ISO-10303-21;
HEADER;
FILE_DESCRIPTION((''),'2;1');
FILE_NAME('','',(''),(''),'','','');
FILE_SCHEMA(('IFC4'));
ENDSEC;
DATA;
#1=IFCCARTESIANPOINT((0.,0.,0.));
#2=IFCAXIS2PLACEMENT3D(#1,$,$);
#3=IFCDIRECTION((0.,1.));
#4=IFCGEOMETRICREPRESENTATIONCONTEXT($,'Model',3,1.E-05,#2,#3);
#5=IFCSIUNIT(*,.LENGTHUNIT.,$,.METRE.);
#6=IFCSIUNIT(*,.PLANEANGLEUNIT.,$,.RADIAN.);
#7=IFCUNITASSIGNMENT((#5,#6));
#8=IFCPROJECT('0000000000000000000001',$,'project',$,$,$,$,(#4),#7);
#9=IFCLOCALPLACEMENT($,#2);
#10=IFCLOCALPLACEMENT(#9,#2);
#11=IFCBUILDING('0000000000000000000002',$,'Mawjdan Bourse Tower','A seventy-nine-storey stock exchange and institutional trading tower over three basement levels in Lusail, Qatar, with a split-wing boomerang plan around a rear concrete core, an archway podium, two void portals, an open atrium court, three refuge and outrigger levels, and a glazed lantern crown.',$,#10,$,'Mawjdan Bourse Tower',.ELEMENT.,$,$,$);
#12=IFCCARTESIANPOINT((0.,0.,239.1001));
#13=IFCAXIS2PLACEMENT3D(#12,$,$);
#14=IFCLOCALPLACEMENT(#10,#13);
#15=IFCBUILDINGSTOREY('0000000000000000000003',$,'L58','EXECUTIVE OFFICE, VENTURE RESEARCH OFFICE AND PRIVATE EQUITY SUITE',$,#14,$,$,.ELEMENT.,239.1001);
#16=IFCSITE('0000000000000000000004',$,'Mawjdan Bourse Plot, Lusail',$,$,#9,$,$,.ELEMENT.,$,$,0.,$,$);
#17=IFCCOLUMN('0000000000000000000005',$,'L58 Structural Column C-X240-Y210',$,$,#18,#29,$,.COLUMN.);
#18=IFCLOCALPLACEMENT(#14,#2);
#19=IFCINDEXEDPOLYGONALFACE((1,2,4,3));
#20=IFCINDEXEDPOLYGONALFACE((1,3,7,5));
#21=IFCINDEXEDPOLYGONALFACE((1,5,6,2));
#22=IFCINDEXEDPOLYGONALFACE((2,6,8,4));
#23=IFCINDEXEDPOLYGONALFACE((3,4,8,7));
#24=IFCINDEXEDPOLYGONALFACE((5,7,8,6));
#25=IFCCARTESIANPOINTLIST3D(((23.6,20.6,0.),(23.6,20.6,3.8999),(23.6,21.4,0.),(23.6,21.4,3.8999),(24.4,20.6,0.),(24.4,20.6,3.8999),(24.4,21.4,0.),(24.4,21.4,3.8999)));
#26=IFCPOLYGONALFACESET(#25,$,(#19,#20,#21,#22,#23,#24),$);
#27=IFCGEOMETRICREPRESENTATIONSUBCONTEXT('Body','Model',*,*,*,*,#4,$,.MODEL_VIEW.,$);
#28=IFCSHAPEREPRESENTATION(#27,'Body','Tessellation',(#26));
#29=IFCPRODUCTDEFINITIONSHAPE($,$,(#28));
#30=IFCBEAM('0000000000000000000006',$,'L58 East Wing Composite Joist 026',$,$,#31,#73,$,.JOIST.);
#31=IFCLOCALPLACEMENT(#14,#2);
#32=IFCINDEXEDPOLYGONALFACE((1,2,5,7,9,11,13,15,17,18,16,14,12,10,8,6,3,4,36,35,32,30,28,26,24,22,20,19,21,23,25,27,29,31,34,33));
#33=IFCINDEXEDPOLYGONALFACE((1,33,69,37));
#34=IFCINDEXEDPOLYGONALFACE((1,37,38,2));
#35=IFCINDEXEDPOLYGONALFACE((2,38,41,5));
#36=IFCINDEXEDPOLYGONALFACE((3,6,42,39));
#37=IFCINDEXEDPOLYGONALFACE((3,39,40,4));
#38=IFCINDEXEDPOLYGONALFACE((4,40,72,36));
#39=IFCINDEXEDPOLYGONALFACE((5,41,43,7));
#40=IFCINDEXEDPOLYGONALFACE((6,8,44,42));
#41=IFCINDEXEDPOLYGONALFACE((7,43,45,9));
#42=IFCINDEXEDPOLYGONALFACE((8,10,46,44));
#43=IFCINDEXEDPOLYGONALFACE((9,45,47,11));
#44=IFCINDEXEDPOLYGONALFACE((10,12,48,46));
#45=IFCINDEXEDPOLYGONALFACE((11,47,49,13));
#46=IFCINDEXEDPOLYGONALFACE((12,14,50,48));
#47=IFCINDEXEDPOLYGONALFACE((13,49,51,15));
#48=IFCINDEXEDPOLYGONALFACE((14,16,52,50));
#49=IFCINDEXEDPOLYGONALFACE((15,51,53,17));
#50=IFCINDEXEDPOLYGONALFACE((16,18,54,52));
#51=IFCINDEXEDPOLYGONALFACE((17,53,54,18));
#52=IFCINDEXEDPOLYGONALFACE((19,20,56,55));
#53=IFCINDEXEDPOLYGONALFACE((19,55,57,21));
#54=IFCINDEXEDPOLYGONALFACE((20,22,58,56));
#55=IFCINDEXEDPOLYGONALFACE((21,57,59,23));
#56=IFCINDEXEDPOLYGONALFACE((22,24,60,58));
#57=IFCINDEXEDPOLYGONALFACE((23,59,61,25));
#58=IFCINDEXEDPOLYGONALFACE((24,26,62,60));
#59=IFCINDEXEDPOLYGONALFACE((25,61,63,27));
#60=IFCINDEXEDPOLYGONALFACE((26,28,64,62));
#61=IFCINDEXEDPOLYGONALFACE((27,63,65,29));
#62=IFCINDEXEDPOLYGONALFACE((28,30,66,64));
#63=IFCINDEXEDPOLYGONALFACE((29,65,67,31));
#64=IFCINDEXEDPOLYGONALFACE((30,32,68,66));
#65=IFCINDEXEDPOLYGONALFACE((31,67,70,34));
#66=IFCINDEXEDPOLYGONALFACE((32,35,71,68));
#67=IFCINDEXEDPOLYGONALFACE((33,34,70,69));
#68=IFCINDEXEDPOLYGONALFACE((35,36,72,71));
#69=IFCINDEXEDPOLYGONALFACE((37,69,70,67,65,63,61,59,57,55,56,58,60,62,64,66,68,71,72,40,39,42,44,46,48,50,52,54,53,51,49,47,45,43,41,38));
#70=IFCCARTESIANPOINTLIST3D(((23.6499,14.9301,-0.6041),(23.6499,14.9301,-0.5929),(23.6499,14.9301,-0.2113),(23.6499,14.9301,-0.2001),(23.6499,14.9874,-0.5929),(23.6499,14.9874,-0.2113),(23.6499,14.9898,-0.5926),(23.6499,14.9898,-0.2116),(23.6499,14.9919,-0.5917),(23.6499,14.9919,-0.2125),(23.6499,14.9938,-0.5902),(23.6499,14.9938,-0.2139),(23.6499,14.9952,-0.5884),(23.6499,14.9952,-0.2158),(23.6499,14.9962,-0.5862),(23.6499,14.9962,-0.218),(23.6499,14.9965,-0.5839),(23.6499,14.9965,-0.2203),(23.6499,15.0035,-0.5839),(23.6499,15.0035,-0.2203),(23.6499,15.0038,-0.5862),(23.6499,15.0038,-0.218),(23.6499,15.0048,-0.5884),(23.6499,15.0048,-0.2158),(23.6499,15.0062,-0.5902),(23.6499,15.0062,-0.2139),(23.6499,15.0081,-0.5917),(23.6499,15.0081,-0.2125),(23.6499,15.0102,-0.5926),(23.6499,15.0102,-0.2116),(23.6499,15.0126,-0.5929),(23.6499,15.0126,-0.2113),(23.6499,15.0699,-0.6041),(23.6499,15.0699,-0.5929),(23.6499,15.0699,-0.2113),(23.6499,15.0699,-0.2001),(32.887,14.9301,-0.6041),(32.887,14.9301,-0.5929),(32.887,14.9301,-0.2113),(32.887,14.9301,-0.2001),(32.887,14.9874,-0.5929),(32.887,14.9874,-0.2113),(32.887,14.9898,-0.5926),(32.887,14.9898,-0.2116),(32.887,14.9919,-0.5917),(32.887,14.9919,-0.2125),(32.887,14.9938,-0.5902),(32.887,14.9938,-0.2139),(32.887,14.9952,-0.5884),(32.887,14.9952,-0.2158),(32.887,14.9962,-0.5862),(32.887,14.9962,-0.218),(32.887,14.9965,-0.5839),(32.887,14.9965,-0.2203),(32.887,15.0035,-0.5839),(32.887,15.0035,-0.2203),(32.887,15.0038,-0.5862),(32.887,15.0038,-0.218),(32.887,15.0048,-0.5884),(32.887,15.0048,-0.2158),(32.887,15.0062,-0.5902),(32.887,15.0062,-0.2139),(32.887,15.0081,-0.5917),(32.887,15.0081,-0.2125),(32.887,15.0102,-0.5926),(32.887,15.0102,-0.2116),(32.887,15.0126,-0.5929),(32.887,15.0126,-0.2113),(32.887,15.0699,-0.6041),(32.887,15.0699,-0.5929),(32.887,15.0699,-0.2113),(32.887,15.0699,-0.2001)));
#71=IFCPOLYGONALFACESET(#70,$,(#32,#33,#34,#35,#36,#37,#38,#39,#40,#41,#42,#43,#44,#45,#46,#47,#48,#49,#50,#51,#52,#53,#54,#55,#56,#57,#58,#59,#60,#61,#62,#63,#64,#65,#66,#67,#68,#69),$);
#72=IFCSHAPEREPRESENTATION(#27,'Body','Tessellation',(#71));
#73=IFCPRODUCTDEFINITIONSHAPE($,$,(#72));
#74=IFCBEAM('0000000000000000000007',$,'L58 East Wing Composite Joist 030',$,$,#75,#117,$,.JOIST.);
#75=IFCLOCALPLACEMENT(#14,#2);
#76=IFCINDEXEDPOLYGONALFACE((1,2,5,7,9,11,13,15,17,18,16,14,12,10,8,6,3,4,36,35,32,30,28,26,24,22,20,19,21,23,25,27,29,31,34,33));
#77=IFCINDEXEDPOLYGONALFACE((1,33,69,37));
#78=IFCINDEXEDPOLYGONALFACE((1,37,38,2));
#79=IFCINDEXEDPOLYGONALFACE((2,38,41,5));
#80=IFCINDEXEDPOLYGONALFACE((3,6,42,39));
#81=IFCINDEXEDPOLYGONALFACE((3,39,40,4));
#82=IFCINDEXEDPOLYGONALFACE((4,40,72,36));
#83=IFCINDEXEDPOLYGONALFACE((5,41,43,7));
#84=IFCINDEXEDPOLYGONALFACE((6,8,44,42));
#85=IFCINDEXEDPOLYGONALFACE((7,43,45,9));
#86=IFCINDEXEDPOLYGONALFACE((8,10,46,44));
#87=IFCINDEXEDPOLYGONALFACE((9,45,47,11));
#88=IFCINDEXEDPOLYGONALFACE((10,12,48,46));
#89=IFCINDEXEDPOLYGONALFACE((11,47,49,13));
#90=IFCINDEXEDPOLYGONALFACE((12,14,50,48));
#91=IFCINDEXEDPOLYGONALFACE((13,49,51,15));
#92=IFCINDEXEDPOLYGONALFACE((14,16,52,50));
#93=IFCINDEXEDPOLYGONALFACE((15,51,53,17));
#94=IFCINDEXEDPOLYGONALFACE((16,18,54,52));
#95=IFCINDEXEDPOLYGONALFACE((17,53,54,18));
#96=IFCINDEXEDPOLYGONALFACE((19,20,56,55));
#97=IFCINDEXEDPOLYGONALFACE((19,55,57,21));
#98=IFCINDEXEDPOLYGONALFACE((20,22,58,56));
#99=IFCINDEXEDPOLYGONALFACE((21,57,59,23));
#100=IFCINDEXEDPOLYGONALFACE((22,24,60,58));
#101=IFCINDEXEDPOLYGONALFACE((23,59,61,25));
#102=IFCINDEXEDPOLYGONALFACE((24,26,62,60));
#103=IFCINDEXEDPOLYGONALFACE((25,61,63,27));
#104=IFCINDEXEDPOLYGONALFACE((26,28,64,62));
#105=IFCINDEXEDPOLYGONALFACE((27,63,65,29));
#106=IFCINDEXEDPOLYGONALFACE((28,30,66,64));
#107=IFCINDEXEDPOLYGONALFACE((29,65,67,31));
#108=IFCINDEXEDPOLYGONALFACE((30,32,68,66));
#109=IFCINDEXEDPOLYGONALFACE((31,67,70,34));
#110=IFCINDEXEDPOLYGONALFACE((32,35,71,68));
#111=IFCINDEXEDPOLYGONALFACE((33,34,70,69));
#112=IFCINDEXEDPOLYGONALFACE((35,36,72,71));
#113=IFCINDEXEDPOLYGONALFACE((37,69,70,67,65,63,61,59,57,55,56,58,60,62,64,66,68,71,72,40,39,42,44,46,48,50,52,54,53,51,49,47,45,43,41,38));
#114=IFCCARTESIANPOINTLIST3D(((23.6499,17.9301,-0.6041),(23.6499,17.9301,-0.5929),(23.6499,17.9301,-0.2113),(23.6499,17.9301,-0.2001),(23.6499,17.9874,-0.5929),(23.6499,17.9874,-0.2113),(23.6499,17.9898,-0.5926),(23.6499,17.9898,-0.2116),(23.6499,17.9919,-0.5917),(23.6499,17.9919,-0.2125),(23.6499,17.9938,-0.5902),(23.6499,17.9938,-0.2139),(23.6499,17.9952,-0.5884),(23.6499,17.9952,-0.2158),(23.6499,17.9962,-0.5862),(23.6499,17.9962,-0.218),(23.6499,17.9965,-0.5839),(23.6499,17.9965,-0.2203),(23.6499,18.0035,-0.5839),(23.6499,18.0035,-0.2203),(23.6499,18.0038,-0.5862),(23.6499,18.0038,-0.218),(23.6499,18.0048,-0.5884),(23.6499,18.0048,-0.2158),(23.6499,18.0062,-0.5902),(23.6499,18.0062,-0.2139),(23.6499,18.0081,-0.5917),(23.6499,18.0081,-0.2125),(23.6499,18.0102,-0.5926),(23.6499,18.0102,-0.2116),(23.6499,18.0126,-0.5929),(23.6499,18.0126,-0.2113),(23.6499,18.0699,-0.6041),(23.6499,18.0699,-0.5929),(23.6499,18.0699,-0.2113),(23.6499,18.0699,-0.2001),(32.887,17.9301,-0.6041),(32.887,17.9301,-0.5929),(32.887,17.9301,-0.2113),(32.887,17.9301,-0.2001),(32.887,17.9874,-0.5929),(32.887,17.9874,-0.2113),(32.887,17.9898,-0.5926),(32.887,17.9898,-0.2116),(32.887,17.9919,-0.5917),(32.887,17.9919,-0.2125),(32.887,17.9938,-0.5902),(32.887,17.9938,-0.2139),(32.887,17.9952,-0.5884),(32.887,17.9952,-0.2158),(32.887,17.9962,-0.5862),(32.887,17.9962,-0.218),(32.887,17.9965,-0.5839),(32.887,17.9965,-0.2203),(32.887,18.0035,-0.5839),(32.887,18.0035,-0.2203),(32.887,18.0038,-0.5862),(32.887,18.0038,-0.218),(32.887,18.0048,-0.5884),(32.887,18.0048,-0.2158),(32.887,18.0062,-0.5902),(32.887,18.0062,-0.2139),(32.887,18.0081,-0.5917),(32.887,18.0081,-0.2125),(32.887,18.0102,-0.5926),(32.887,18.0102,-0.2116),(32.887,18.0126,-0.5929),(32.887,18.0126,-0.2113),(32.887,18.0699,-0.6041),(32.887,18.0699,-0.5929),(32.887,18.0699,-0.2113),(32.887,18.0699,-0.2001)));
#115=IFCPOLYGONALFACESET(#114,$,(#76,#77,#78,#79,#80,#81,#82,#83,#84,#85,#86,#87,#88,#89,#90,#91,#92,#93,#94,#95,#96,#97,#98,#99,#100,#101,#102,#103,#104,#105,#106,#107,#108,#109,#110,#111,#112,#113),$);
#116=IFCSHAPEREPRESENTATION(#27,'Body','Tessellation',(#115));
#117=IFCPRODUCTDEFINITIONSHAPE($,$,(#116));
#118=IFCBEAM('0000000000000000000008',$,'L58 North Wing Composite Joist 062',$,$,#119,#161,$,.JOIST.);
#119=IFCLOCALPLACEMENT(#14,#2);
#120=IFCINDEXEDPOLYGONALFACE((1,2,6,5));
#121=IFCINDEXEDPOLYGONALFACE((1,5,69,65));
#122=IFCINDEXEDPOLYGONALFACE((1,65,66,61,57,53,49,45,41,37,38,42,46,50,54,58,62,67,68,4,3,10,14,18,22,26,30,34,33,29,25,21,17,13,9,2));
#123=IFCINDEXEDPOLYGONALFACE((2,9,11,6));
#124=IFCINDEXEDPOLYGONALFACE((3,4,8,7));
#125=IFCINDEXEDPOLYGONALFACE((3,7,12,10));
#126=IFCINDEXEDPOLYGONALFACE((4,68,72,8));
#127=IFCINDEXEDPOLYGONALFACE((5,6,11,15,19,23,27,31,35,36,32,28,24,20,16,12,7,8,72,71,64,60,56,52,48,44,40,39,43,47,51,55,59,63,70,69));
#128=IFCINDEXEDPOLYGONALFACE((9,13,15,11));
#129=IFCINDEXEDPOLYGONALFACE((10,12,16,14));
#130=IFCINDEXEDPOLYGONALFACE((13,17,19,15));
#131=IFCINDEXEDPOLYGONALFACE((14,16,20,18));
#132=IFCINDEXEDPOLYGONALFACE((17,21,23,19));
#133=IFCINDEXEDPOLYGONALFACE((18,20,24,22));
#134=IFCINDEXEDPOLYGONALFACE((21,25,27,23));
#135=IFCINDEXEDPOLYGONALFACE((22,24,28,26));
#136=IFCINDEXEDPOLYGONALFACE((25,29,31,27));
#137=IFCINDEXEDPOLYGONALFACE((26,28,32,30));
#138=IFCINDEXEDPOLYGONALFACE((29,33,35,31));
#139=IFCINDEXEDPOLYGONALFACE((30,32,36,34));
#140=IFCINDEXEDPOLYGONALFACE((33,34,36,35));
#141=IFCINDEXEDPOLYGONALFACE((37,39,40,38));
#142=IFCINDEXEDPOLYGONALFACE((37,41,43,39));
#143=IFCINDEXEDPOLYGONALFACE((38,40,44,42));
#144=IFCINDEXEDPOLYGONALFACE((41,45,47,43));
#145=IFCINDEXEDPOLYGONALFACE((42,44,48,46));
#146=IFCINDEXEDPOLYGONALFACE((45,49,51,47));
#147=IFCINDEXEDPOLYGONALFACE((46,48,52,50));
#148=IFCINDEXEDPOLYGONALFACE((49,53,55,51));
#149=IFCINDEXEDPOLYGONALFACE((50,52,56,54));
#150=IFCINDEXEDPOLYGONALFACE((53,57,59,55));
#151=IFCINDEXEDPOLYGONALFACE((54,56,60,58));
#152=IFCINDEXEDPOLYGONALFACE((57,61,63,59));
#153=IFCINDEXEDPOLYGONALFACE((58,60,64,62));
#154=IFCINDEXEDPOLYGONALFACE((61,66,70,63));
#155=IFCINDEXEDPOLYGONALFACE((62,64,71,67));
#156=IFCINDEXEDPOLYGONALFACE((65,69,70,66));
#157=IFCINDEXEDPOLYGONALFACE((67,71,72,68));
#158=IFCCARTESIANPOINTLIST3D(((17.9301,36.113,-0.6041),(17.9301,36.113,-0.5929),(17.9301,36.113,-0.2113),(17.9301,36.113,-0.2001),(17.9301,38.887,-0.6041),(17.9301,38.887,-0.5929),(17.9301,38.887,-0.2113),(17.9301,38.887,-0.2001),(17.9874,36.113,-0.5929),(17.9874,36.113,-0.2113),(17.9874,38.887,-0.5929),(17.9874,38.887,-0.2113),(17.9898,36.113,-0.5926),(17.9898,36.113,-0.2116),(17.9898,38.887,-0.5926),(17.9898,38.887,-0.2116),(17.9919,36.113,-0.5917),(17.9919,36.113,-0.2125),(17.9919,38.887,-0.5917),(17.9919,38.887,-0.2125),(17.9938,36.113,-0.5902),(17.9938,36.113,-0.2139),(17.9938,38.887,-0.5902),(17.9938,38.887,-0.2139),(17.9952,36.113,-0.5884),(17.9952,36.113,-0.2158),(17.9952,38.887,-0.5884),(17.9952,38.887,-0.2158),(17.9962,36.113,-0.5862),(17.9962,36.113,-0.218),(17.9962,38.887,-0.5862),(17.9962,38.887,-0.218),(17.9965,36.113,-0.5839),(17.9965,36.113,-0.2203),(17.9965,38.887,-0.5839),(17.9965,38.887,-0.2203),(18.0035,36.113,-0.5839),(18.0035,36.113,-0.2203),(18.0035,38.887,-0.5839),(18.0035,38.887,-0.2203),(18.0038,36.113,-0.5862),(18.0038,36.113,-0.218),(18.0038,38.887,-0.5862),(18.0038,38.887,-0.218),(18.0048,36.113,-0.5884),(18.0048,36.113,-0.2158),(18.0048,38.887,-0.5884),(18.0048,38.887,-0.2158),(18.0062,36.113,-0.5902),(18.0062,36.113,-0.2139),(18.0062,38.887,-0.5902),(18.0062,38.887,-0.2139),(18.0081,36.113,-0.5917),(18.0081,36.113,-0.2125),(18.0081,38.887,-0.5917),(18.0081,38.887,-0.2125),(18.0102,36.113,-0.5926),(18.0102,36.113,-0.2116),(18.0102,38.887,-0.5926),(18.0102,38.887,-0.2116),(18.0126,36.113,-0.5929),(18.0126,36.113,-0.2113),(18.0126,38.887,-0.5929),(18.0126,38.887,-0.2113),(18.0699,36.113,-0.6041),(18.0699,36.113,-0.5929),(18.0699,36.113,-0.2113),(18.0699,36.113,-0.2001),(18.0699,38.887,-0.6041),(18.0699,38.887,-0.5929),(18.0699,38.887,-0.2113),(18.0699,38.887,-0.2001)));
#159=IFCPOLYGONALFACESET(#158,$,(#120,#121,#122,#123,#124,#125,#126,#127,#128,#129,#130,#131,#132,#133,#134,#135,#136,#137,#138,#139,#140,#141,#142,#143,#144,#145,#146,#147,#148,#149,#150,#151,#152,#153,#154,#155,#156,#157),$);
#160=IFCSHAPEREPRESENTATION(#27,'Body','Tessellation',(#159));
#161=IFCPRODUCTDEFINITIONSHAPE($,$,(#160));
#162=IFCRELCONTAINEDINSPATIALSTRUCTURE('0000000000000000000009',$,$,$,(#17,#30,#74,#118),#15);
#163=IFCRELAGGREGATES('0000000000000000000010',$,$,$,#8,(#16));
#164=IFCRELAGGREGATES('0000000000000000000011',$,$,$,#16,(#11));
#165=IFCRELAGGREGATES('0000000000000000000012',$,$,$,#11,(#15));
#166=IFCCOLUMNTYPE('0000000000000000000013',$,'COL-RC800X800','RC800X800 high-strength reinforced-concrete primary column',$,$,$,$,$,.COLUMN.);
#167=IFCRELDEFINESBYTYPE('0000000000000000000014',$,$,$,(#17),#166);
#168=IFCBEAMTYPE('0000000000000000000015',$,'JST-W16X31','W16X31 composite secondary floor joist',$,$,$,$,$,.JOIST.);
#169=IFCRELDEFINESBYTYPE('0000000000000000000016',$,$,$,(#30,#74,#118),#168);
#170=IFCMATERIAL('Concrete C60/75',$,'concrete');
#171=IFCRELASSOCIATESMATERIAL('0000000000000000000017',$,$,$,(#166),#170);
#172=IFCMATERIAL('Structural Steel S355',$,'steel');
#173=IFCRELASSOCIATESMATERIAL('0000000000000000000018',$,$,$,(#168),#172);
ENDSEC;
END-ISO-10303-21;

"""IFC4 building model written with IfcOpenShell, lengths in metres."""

from ifc_helpers import new_model, si_unit, direction, frame, origin, origin_2d, place, context, subcontext, project, spatial, rectangle, i_section, extrude, material, material_profile, profile_set, type_object, element, save


model = new_model("IFC4")

# Units and contexts
model_context = context("Model", 3, precision=1e-05, world=origin(), true_north=direction((0.0, 1.0)))
body_context = subcontext(model_context, "Body", "Model", "MODEL_VIEW")
ifc_project = project(units=[si_unit("LENGTHUNIT", "METRE"), si_unit("PLANEANGLEUNIT", "RADIAN")], contexts=[model_context])

# Site, building, storey
site_placement = place(None, origin())
site = spatial("IfcSite", under=ifc_project, at=site_placement, Name="Mawjdan Bourse Plot, Lusail", CompositionType="ELEMENT", RefElevation=0.0)
building_placement = place(site_placement, origin())
building = spatial("IfcBuilding", under=site, at=building_placement, Name="Mawjdan Bourse Tower", Description="A seventy-nine-storey stock exchange and institutional trading tower over three basement levels in Lusail, Qatar, with a split-wing boomerang plan around a rear concrete core, an archway podium, two void portals, an open atrium court, three refuge and outrigger levels, and a glazed lantern crown.", LongName="Mawjdan Bourse Tower", CompositionType="ELEMENT")
storey_placement = place(building_placement, frame((0.0, 0.0, 239.1001)))
storey = spatial("IfcBuildingStorey", under=building, at=storey_placement, Name="L58", Description="EXECUTIVE OFFICE, VENTURE RESEARCH OFFICE AND PRIVATE EQUITY SUITE", CompositionType="ELEMENT", Elevation=239.1001)

# Column
ifc_material_1 = material(Name="Concrete C60/75", Category="concrete")
ifc_material_profile_1 = material_profile(ifc_material_1, rectangle(XDim=0.8, YDim=0.8, at=origin_2d()), Name="RC800X800")
ifc_profile_set_1 = profile_set([ifc_material_profile_1], Name="Concrete C60/75")
column_type = type_object("IfcColumnType", Name="COL-RC800X800", Description="RC800X800 high-strength reinforced-concrete primary column", PredefinedType="COLUMN", material=ifc_profile_set_1)
column_placement = place(storey_placement, frame((24.0, 21.0, 0.0), z_axis=(0.0, 0.0, 1.0), x_axis=(1.0, 0.0, 0.0)))
element("IfcColumn", 1, at=column_placement, inside=storey, type_object=column_type, Name="L58 Structural Column C-X240-Y210", PredefinedType="COLUMN", context=body_context, shape_type="SweptSolid", body=[
    extrude(rectangle(XDim=0.8, YDim=0.8, at=origin_2d()), origin(), (0.0, 0.0, 1.0), 3.8999),
])

# Beams
ifc_material_2 = material(Name="Structural Steel S355", Category="steel")
ifc_material_profile_2 = material_profile(ifc_material_2, i_section(OverallWidth=0.1399, OverallDepth=0.4041, WebThickness=0.0071, FlangeThickness=0.0112, FilletRadius=0.009, at=origin_2d()), Name="W16X31")
ifc_profile_set_2 = profile_set([ifc_material_profile_2], Name="Structural Steel S355")
beam_type_1 = type_object("IfcBeamType", Name="JST-W16X31", Description="W16X31 composite secondary floor joist", PredefinedType="JOIST", material=ifc_profile_set_2)
for number, where, z_axis, x_axis, name in (
    (2, (23.6499, 15.0, -0.4021), (1.0, 0.0, 0.0), (0.0, 1.0, 0.0), "L58 East Wing Composite Joist 026"),
    (3, (23.6499, 18.0, -0.4021), (1.0, 0.0, 0.0), (0.0, 1.0, 0.0), "L58 East Wing Composite Joist 030"),
):
    element("IfcBeam", number, at=place(storey_placement, frame(where, z_axis=z_axis, x_axis=x_axis)), inside=storey, type_object=beam_type_1, Name=name, PredefinedType="JOIST", context=body_context, shape_type="SweptSolid", body=[
        extrude(i_section(OverallWidth=0.1399, OverallDepth=0.4041, WebThickness=0.0071, FlangeThickness=0.0112, FilletRadius=0.009, at=origin_2d()), origin(), (0.0, 0.0, 1.0), 9.2371),
    ])
beam_1_placement = place(storey_placement, frame((18.0, 36.113, -0.4021), z_axis=(0.0, 1.0, 0.0), x_axis=(-1.0, 0.0, 0.0)))
element("IfcBeam", 4, at=beam_1_placement, inside=storey, type_object=beam_type_1, Name="L58 North Wing Composite Joist 062", PredefinedType="JOIST", context=body_context, shape_type="SweptSolid", body=[
    extrude(i_section(OverallWidth=0.1399, OverallDepth=0.4041, WebThickness=0.0071, FlangeThickness=0.0112, FilletRadius=0.009, at=origin_2d()), origin(), (0.0, 0.0, 1.0), 2.7739),
])

save(model, "model.ifc")
